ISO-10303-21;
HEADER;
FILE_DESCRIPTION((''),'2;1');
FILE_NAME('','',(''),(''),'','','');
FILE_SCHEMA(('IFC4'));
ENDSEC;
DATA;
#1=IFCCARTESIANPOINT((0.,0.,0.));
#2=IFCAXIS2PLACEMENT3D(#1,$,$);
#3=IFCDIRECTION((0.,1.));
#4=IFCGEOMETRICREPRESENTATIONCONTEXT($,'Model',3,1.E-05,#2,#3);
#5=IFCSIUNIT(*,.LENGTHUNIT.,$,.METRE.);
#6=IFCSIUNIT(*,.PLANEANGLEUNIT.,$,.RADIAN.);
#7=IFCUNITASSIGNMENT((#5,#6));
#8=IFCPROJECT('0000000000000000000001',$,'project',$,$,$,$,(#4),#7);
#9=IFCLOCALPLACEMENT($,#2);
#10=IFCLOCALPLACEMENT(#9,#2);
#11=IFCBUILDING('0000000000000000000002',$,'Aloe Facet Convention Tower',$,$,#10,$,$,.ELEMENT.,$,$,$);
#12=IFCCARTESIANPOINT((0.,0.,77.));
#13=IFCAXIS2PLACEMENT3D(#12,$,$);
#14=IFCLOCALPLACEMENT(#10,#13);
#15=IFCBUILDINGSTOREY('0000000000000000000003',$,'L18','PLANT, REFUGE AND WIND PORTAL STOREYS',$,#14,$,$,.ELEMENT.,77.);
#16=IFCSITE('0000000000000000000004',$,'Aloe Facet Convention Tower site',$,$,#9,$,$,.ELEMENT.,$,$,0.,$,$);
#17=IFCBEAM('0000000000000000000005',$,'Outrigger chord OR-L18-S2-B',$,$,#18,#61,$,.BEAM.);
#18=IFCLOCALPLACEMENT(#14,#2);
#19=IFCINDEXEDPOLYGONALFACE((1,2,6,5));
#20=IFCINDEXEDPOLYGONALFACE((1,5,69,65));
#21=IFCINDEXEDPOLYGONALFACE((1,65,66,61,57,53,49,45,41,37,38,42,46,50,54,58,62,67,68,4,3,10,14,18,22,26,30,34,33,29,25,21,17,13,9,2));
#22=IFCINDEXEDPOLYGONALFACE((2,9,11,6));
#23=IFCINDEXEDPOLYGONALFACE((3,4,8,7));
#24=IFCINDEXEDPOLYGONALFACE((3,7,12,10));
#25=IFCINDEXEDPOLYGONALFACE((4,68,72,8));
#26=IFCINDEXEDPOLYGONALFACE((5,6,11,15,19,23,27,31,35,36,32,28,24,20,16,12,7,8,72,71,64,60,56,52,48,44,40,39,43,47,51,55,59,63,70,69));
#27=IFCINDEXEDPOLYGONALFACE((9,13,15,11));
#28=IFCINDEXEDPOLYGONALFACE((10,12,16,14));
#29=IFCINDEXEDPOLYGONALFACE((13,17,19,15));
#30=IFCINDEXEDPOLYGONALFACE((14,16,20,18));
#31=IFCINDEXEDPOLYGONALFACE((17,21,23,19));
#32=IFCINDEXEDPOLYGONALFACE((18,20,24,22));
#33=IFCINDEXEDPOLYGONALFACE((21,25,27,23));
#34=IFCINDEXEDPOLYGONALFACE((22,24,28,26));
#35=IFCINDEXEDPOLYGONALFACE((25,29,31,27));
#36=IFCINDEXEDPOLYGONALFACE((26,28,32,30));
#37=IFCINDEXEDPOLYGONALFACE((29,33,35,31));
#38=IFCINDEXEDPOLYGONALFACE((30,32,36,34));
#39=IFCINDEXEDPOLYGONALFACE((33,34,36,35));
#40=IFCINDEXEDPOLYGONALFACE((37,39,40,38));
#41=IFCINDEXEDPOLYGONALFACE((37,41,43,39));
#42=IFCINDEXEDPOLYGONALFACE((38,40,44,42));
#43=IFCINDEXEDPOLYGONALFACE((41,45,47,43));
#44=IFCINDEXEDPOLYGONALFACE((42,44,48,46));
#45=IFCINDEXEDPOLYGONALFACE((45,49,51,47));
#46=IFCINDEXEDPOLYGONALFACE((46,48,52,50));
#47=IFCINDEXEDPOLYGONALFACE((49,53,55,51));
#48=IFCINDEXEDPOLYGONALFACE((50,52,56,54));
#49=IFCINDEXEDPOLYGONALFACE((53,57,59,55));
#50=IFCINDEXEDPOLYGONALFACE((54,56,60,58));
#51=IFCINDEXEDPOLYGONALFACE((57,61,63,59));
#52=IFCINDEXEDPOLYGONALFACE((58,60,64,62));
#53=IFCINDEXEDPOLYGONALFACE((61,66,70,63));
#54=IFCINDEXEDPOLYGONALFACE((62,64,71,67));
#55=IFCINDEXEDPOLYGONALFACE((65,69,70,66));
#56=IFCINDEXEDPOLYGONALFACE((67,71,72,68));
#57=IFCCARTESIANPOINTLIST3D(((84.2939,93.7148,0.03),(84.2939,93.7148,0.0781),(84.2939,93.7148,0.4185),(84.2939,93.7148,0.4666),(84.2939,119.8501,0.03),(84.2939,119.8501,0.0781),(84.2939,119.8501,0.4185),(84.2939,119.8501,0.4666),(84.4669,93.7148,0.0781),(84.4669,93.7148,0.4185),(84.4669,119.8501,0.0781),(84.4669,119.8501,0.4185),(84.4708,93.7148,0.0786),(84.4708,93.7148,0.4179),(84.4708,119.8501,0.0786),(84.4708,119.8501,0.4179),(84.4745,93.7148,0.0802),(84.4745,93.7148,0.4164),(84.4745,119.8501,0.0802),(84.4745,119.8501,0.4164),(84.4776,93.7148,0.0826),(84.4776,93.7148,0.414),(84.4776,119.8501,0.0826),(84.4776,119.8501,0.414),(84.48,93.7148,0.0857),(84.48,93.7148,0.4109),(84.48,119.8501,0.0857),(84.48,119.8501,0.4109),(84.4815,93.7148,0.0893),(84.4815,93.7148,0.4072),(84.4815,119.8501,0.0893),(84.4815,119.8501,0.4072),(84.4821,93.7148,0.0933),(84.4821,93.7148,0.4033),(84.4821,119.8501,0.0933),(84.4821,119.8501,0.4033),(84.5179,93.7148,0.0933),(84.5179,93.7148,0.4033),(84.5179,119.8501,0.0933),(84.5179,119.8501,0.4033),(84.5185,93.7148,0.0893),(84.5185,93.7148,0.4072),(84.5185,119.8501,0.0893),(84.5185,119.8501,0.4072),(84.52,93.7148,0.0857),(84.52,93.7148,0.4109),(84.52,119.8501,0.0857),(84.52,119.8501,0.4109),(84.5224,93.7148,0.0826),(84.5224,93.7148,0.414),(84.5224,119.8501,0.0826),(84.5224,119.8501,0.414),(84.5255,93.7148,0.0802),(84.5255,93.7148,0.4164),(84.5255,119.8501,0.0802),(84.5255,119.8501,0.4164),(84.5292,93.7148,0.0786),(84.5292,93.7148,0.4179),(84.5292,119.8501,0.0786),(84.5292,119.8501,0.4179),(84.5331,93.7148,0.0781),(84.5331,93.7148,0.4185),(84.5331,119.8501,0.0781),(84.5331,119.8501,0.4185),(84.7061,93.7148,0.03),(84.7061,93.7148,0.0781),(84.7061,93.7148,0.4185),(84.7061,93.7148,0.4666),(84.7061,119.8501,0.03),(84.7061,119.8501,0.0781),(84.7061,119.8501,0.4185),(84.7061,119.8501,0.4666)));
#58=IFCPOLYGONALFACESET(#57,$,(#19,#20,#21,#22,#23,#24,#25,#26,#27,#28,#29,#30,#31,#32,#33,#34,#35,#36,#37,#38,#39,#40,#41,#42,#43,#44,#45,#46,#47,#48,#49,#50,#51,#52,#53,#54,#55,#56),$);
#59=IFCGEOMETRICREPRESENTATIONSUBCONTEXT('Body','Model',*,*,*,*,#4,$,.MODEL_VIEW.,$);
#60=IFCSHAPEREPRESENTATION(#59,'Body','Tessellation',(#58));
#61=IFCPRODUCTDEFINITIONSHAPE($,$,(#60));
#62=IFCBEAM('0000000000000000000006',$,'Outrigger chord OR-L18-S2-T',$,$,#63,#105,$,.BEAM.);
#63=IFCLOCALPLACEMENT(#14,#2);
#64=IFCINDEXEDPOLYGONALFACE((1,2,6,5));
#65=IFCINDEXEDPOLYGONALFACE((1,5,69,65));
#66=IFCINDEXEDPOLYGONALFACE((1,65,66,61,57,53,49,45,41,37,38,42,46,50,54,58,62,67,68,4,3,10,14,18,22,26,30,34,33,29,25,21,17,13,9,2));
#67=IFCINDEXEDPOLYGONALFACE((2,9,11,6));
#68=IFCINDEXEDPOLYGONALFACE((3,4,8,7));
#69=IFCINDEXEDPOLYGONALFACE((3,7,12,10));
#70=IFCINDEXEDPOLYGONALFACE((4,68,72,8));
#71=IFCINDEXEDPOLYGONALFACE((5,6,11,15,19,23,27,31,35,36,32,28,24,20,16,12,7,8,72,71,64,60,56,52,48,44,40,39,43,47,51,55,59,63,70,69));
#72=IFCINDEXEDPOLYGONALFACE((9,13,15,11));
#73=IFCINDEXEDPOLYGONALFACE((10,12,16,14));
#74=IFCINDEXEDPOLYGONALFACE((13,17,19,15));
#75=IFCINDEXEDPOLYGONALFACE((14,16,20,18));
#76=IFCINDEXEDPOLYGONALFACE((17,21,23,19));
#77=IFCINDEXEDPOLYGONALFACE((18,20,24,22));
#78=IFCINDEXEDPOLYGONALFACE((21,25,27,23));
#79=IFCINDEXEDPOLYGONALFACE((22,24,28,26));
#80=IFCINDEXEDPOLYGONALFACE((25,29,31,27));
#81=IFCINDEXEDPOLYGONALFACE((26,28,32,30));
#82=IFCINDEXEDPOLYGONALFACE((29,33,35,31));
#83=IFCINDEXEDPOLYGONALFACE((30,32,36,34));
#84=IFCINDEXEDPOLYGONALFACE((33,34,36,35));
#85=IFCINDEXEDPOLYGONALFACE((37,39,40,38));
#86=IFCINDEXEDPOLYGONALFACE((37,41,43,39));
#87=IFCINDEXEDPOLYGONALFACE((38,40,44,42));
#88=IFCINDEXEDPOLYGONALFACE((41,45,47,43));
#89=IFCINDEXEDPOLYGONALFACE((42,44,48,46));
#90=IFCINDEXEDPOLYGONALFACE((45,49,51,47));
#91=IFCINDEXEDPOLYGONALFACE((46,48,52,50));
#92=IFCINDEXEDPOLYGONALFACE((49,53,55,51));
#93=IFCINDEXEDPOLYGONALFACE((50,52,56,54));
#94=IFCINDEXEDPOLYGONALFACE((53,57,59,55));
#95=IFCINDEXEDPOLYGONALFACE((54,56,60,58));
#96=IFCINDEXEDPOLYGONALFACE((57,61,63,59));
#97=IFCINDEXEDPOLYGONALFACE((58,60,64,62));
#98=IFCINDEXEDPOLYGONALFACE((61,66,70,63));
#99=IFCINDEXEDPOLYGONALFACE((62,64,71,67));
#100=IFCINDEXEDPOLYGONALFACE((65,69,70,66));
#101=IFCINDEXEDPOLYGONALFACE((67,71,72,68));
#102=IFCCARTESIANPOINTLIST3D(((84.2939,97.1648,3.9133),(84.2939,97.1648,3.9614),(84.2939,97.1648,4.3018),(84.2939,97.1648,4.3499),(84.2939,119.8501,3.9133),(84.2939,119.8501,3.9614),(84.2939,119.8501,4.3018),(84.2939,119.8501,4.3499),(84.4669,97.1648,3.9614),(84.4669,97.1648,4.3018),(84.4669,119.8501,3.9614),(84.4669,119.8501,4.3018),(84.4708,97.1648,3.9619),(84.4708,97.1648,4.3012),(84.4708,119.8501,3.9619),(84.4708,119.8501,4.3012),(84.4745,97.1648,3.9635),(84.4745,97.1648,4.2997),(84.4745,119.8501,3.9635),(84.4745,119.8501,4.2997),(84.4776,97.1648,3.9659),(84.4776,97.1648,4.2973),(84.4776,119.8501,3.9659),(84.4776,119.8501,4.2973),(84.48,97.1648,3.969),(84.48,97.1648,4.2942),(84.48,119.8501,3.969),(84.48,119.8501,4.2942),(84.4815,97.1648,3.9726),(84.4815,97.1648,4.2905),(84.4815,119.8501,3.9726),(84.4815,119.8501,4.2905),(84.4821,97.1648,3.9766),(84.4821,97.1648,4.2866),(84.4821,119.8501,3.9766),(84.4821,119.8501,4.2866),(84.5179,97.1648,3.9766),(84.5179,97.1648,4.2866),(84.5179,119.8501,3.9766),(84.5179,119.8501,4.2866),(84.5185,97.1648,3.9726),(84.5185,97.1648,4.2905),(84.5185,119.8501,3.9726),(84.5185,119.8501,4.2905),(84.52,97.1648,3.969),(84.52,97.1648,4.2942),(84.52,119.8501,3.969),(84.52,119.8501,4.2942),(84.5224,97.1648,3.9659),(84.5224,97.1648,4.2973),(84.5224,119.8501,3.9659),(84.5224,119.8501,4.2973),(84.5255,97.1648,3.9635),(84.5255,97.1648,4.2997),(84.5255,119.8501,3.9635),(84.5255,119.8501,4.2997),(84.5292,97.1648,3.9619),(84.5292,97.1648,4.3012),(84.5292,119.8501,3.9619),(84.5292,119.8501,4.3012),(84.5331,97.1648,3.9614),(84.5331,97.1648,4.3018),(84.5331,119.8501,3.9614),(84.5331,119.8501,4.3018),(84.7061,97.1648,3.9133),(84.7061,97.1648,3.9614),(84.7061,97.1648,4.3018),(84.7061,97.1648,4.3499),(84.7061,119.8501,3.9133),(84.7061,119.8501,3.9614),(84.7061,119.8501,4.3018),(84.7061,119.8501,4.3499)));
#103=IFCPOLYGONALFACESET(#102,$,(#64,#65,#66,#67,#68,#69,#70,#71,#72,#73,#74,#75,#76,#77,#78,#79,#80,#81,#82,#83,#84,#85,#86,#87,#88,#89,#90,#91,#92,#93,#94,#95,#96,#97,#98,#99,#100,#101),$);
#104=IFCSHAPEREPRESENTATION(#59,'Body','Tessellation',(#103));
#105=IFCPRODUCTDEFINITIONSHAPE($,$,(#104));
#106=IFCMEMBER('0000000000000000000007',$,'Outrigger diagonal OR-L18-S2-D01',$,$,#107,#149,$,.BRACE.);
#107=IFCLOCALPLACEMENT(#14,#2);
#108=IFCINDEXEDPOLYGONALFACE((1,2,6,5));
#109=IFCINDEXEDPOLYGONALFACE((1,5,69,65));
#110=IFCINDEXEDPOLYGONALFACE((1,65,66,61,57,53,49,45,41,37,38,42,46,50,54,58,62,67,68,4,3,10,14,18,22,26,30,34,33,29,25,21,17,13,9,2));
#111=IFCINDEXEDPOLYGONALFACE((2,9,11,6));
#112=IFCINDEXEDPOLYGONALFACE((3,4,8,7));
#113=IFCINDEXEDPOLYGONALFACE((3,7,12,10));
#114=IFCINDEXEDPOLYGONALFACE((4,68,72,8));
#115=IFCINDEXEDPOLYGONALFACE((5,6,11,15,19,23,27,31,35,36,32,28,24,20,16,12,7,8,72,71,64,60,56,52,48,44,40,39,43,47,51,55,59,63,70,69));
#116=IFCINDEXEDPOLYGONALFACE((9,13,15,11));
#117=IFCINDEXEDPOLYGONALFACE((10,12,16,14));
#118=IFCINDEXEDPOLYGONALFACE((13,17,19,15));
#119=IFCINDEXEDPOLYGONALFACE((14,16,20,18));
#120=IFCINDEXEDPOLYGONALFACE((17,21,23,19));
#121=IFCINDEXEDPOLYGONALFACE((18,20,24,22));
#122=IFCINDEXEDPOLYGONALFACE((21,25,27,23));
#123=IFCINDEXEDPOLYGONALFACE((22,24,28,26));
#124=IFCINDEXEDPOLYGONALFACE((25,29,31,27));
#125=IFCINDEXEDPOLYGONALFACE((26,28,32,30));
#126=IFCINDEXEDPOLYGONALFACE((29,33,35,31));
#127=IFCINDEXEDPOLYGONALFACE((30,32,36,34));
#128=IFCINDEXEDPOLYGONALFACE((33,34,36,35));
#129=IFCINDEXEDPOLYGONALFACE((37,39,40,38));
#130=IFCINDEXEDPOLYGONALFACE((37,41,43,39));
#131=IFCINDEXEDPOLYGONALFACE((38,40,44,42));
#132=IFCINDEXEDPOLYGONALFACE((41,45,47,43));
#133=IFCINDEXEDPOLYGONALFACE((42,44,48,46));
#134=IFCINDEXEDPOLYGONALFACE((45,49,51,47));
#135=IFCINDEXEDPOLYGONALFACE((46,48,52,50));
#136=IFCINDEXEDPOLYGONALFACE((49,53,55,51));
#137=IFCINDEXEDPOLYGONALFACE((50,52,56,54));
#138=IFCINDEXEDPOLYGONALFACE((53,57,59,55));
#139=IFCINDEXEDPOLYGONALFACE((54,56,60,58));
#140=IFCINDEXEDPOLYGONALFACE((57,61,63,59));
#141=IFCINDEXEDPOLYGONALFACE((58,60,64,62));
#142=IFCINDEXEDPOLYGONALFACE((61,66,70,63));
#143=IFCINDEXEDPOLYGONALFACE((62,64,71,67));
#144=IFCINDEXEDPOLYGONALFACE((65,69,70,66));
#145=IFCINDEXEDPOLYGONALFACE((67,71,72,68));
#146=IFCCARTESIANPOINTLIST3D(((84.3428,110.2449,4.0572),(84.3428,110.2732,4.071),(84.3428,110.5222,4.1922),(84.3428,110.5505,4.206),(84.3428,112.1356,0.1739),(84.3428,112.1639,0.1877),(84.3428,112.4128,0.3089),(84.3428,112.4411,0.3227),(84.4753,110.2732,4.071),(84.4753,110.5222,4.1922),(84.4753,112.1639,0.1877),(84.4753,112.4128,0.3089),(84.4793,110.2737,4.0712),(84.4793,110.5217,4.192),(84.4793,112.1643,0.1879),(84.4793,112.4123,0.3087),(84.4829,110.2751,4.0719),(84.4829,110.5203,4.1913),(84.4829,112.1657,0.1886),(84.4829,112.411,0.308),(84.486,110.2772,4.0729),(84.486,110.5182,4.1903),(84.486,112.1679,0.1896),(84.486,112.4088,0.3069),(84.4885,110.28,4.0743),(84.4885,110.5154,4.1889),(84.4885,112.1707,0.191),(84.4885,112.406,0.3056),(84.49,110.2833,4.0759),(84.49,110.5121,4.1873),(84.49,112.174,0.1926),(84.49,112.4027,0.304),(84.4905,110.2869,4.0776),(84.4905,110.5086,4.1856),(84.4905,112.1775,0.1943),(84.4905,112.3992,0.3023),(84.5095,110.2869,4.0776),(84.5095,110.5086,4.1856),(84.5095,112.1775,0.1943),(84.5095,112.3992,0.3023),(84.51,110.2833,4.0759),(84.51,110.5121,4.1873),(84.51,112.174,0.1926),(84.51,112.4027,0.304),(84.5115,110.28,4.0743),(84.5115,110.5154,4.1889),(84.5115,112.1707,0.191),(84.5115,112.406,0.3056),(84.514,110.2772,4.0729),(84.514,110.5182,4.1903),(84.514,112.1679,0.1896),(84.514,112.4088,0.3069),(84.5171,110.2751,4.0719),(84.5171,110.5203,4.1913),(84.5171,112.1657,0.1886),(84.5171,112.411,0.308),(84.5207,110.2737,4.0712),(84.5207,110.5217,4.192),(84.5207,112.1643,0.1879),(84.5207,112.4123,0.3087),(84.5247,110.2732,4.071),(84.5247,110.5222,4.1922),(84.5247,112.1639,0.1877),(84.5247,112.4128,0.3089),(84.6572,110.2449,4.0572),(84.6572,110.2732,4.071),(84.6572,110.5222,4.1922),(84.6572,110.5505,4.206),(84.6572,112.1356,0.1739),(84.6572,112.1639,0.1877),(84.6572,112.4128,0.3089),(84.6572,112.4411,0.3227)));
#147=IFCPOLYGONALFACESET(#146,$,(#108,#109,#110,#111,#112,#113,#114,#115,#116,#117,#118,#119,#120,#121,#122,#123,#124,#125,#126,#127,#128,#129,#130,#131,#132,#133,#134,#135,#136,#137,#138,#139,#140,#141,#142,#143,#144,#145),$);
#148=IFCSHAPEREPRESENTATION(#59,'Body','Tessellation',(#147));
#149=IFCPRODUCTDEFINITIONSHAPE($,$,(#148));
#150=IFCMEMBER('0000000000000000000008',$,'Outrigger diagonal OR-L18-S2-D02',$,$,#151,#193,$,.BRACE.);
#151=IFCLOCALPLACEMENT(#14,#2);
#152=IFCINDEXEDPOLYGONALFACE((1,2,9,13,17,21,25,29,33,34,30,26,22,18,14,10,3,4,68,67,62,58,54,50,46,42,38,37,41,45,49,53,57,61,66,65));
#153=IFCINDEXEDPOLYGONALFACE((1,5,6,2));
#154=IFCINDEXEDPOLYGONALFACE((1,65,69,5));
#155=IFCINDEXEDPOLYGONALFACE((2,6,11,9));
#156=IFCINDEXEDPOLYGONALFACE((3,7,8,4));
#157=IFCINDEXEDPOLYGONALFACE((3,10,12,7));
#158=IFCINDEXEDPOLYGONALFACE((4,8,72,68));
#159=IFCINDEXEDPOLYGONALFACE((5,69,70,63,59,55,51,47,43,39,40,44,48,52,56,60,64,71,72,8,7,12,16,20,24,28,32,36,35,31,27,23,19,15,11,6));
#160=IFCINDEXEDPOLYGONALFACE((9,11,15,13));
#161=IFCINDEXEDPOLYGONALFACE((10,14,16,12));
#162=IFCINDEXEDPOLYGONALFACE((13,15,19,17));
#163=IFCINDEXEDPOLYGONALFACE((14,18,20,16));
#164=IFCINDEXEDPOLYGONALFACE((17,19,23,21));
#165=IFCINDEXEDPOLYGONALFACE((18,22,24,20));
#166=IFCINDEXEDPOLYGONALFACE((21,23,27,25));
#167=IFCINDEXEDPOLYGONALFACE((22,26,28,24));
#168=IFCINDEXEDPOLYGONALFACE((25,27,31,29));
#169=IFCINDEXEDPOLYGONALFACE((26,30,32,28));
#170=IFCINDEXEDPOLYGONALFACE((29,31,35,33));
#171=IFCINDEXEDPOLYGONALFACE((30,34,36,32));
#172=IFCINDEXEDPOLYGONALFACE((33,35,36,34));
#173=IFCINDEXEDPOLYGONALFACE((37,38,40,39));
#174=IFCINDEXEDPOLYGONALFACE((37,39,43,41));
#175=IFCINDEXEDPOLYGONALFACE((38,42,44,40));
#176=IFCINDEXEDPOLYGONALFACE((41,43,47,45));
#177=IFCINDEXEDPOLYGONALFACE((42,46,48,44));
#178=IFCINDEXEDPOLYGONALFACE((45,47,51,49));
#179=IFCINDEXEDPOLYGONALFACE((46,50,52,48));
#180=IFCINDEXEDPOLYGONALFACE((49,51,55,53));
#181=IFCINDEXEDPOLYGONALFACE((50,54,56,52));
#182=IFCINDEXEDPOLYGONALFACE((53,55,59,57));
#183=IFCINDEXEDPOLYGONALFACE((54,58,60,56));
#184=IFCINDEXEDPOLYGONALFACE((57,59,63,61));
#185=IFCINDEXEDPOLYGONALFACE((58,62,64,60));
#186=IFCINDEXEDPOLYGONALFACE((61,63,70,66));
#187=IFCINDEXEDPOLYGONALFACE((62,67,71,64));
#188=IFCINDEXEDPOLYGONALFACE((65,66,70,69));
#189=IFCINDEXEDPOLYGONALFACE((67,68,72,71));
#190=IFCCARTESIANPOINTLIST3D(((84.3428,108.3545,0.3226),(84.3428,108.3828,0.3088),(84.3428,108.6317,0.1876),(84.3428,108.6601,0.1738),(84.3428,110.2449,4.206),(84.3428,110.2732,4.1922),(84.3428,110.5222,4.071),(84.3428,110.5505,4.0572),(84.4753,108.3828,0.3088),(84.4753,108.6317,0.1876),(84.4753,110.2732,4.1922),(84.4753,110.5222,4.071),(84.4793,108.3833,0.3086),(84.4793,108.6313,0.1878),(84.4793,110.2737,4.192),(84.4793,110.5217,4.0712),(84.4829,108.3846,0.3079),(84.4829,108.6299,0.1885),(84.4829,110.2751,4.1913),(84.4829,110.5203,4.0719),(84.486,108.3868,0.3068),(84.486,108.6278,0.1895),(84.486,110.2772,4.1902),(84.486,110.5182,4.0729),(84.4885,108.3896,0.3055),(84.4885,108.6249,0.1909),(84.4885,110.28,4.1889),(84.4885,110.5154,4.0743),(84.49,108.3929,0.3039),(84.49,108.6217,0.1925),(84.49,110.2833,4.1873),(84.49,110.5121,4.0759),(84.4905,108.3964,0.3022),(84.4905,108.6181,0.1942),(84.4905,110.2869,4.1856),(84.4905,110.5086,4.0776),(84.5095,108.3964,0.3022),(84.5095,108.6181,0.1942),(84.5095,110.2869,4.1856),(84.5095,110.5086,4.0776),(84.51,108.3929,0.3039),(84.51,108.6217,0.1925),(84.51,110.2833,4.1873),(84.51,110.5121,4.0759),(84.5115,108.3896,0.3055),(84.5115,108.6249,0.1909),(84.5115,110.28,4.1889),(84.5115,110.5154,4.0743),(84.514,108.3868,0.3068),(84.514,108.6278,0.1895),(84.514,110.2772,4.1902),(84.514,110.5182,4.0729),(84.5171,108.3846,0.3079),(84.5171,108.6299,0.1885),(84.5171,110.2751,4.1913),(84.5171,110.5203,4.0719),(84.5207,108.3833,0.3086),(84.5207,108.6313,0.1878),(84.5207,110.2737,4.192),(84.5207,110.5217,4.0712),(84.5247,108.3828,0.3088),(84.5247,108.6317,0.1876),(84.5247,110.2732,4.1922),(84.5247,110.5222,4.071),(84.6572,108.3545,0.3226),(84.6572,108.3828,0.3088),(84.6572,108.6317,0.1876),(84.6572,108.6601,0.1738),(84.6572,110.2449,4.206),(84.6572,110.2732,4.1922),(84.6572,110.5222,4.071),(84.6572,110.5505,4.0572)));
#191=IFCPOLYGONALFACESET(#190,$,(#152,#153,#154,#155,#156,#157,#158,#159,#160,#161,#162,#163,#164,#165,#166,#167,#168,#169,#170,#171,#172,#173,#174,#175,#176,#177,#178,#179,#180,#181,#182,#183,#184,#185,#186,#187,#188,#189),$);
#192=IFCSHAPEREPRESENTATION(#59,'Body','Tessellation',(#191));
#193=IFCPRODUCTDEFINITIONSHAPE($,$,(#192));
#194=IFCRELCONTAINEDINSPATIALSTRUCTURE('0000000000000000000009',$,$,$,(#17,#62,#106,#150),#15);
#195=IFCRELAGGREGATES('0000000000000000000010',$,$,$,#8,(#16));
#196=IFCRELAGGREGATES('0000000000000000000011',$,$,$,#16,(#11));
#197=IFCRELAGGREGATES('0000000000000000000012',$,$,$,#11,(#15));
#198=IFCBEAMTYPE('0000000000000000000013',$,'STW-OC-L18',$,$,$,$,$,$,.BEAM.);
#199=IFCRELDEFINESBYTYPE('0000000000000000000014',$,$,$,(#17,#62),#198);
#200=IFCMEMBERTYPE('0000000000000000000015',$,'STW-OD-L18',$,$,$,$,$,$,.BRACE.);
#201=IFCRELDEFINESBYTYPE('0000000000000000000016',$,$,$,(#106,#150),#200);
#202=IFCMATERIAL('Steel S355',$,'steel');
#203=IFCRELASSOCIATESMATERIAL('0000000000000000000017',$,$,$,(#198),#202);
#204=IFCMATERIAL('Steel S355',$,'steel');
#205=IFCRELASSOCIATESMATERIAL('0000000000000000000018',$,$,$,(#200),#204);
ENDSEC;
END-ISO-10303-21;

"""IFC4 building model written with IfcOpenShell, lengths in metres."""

from ifc_helpers import new_model, si_unit, direction, frame, origin, origin_2d, place, context, subcontext, project, spatial, i_section, extrude, material, material_profile, profile_set, type_object, element, save


model = new_model("IFC4")

# Units and contexts
model_context = context("Model", 3, precision=1e-05, world=origin(), true_north=direction((0.0, 1.0)))
body_context = subcontext(model_context, "Body", "Model", "MODEL_VIEW")
ifc_project = project(units=[si_unit("LENGTHUNIT", "METRE"), si_unit("PLANEANGLEUNIT", "RADIAN")], contexts=[model_context])

# Site, building, storey
site_placement = place(None, origin())
site = spatial("IfcSite", under=ifc_project, at=site_placement, Name="Aloe Facet Convention Tower site", CompositionType="ELEMENT", RefElevation=0.0)
building_placement = place(site_placement, origin())
building = spatial("IfcBuilding", under=site, at=building_placement, Name="Aloe Facet Convention Tower", CompositionType="ELEMENT")
storey_placement = place(building_placement, frame((0.0, 0.0, 77.0)))
storey = spatial("IfcBuildingStorey", under=building, at=storey_placement, Name="L18", Description="PLANT, REFUGE AND WIND PORTAL STOREYS", CompositionType="ELEMENT", Elevation=77.0)

# Beams
ifc_material_1 = material(Name="Steel S355", Category="steel")
ifc_material_profile_1 = material_profile(ifc_material_1, i_section(OverallWidth=0.4121, OverallDepth=0.4365, WebThickness=0.0359, FlangeThickness=0.0481, FilletRadius=0.0151, at=origin_2d()), Name="UC 356x406x467")
ifc_profile_set_1 = profile_set([ifc_material_profile_1], Name="Steel S355")
beam_type_1 = type_object("IfcBeamType", Name="STW-OC-L18", PredefinedType="BEAM", material=ifc_profile_set_1)
beam_1_placement = place(storey_placement, frame((84.5, 119.8501, 0.2483), z_axis=(0.0, -1.0, 0.0), x_axis=(1.0, 0.0, 0.0)))
element("IfcBeam", 1, at=beam_1_placement, inside=storey, type_object=beam_type_1, Name="Outrigger chord OR-L18-S2-B", PredefinedType="BEAM", context=body_context, shape_type="SweptSolid", body=[
    extrude(i_section(OverallWidth=0.4121, OverallDepth=0.4365, WebThickness=0.0359, FlangeThickness=0.0481, FilletRadius=0.0151, at=origin_2d()), origin(), (0.0, 0.0, 1.0), 26.1353),
])
beam_2_placement = place(storey_placement, frame((84.5, 119.8501, 4.1316), z_axis=(0.0, -1.0, 0.0), x_axis=(1.0, 0.0, 0.0)))
element("IfcBeam", 2, at=beam_2_placement, inside=storey, type_object=beam_type_1, Name="Outrigger chord OR-L18-S2-T", PredefinedType="BEAM", context=body_context, shape_type="SweptSolid", body=[
    extrude(i_section(OverallWidth=0.4121, OverallDepth=0.4365, WebThickness=0.0359, FlangeThickness=0.0481, FilletRadius=0.0151, at=origin_2d()), origin(), (0.0, 0.0, 1.0), 22.6853),
])

# Members
ifc_material_2 = material(Name="Steel S355", Category="steel")
ifc_material_profile_2 = material_profile(ifc_material_2, i_section(OverallWidth=0.3145, OverallDepth=0.3398, WebThickness=0.019, FlangeThickness=0.0315, FilletRadius=0.0151, at=origin_2d()), Name="UC 305x305x198")
ifc_profile_set_2 = profile_set([ifc_material_profile_2], Name="Steel S355")
member_type_1 = type_object("IfcMemberType", Name="STW-OD-L18", PredefinedType="BRACE", material=ifc_profile_set_2)
for number, where, z_axis, x_axis, name in (
    (3, (84.5, 112.2883, 0.2483), (0.0, -0.437737, 0.899103), (1.0, 0.0, 0.0), "Outrigger diagonal OR-L18-S2-D01"),
    (4, (84.5, 110.3977, 4.1316), (0.0, -0.437692, -0.899125), (1.0, 0.0, 0.0), "Outrigger diagonal OR-L18-S2-D02"),
):
    element("IfcMember", number, at=place(storey_placement, frame(where, z_axis=z_axis, x_axis=x_axis)), inside=storey, type_object=member_type_1, Name=name, PredefinedType="BRACE", context=body_context, shape_type="SweptSolid", body=[
        extrude(i_section(OverallWidth=0.3145, OverallDepth=0.3398, WebThickness=0.019, FlangeThickness=0.0315, FilletRadius=0.0151, at=origin_2d()), origin(), (0.0, 0.0, 1.0), 4.3191),
    ])

save(model, "model.ifc")
